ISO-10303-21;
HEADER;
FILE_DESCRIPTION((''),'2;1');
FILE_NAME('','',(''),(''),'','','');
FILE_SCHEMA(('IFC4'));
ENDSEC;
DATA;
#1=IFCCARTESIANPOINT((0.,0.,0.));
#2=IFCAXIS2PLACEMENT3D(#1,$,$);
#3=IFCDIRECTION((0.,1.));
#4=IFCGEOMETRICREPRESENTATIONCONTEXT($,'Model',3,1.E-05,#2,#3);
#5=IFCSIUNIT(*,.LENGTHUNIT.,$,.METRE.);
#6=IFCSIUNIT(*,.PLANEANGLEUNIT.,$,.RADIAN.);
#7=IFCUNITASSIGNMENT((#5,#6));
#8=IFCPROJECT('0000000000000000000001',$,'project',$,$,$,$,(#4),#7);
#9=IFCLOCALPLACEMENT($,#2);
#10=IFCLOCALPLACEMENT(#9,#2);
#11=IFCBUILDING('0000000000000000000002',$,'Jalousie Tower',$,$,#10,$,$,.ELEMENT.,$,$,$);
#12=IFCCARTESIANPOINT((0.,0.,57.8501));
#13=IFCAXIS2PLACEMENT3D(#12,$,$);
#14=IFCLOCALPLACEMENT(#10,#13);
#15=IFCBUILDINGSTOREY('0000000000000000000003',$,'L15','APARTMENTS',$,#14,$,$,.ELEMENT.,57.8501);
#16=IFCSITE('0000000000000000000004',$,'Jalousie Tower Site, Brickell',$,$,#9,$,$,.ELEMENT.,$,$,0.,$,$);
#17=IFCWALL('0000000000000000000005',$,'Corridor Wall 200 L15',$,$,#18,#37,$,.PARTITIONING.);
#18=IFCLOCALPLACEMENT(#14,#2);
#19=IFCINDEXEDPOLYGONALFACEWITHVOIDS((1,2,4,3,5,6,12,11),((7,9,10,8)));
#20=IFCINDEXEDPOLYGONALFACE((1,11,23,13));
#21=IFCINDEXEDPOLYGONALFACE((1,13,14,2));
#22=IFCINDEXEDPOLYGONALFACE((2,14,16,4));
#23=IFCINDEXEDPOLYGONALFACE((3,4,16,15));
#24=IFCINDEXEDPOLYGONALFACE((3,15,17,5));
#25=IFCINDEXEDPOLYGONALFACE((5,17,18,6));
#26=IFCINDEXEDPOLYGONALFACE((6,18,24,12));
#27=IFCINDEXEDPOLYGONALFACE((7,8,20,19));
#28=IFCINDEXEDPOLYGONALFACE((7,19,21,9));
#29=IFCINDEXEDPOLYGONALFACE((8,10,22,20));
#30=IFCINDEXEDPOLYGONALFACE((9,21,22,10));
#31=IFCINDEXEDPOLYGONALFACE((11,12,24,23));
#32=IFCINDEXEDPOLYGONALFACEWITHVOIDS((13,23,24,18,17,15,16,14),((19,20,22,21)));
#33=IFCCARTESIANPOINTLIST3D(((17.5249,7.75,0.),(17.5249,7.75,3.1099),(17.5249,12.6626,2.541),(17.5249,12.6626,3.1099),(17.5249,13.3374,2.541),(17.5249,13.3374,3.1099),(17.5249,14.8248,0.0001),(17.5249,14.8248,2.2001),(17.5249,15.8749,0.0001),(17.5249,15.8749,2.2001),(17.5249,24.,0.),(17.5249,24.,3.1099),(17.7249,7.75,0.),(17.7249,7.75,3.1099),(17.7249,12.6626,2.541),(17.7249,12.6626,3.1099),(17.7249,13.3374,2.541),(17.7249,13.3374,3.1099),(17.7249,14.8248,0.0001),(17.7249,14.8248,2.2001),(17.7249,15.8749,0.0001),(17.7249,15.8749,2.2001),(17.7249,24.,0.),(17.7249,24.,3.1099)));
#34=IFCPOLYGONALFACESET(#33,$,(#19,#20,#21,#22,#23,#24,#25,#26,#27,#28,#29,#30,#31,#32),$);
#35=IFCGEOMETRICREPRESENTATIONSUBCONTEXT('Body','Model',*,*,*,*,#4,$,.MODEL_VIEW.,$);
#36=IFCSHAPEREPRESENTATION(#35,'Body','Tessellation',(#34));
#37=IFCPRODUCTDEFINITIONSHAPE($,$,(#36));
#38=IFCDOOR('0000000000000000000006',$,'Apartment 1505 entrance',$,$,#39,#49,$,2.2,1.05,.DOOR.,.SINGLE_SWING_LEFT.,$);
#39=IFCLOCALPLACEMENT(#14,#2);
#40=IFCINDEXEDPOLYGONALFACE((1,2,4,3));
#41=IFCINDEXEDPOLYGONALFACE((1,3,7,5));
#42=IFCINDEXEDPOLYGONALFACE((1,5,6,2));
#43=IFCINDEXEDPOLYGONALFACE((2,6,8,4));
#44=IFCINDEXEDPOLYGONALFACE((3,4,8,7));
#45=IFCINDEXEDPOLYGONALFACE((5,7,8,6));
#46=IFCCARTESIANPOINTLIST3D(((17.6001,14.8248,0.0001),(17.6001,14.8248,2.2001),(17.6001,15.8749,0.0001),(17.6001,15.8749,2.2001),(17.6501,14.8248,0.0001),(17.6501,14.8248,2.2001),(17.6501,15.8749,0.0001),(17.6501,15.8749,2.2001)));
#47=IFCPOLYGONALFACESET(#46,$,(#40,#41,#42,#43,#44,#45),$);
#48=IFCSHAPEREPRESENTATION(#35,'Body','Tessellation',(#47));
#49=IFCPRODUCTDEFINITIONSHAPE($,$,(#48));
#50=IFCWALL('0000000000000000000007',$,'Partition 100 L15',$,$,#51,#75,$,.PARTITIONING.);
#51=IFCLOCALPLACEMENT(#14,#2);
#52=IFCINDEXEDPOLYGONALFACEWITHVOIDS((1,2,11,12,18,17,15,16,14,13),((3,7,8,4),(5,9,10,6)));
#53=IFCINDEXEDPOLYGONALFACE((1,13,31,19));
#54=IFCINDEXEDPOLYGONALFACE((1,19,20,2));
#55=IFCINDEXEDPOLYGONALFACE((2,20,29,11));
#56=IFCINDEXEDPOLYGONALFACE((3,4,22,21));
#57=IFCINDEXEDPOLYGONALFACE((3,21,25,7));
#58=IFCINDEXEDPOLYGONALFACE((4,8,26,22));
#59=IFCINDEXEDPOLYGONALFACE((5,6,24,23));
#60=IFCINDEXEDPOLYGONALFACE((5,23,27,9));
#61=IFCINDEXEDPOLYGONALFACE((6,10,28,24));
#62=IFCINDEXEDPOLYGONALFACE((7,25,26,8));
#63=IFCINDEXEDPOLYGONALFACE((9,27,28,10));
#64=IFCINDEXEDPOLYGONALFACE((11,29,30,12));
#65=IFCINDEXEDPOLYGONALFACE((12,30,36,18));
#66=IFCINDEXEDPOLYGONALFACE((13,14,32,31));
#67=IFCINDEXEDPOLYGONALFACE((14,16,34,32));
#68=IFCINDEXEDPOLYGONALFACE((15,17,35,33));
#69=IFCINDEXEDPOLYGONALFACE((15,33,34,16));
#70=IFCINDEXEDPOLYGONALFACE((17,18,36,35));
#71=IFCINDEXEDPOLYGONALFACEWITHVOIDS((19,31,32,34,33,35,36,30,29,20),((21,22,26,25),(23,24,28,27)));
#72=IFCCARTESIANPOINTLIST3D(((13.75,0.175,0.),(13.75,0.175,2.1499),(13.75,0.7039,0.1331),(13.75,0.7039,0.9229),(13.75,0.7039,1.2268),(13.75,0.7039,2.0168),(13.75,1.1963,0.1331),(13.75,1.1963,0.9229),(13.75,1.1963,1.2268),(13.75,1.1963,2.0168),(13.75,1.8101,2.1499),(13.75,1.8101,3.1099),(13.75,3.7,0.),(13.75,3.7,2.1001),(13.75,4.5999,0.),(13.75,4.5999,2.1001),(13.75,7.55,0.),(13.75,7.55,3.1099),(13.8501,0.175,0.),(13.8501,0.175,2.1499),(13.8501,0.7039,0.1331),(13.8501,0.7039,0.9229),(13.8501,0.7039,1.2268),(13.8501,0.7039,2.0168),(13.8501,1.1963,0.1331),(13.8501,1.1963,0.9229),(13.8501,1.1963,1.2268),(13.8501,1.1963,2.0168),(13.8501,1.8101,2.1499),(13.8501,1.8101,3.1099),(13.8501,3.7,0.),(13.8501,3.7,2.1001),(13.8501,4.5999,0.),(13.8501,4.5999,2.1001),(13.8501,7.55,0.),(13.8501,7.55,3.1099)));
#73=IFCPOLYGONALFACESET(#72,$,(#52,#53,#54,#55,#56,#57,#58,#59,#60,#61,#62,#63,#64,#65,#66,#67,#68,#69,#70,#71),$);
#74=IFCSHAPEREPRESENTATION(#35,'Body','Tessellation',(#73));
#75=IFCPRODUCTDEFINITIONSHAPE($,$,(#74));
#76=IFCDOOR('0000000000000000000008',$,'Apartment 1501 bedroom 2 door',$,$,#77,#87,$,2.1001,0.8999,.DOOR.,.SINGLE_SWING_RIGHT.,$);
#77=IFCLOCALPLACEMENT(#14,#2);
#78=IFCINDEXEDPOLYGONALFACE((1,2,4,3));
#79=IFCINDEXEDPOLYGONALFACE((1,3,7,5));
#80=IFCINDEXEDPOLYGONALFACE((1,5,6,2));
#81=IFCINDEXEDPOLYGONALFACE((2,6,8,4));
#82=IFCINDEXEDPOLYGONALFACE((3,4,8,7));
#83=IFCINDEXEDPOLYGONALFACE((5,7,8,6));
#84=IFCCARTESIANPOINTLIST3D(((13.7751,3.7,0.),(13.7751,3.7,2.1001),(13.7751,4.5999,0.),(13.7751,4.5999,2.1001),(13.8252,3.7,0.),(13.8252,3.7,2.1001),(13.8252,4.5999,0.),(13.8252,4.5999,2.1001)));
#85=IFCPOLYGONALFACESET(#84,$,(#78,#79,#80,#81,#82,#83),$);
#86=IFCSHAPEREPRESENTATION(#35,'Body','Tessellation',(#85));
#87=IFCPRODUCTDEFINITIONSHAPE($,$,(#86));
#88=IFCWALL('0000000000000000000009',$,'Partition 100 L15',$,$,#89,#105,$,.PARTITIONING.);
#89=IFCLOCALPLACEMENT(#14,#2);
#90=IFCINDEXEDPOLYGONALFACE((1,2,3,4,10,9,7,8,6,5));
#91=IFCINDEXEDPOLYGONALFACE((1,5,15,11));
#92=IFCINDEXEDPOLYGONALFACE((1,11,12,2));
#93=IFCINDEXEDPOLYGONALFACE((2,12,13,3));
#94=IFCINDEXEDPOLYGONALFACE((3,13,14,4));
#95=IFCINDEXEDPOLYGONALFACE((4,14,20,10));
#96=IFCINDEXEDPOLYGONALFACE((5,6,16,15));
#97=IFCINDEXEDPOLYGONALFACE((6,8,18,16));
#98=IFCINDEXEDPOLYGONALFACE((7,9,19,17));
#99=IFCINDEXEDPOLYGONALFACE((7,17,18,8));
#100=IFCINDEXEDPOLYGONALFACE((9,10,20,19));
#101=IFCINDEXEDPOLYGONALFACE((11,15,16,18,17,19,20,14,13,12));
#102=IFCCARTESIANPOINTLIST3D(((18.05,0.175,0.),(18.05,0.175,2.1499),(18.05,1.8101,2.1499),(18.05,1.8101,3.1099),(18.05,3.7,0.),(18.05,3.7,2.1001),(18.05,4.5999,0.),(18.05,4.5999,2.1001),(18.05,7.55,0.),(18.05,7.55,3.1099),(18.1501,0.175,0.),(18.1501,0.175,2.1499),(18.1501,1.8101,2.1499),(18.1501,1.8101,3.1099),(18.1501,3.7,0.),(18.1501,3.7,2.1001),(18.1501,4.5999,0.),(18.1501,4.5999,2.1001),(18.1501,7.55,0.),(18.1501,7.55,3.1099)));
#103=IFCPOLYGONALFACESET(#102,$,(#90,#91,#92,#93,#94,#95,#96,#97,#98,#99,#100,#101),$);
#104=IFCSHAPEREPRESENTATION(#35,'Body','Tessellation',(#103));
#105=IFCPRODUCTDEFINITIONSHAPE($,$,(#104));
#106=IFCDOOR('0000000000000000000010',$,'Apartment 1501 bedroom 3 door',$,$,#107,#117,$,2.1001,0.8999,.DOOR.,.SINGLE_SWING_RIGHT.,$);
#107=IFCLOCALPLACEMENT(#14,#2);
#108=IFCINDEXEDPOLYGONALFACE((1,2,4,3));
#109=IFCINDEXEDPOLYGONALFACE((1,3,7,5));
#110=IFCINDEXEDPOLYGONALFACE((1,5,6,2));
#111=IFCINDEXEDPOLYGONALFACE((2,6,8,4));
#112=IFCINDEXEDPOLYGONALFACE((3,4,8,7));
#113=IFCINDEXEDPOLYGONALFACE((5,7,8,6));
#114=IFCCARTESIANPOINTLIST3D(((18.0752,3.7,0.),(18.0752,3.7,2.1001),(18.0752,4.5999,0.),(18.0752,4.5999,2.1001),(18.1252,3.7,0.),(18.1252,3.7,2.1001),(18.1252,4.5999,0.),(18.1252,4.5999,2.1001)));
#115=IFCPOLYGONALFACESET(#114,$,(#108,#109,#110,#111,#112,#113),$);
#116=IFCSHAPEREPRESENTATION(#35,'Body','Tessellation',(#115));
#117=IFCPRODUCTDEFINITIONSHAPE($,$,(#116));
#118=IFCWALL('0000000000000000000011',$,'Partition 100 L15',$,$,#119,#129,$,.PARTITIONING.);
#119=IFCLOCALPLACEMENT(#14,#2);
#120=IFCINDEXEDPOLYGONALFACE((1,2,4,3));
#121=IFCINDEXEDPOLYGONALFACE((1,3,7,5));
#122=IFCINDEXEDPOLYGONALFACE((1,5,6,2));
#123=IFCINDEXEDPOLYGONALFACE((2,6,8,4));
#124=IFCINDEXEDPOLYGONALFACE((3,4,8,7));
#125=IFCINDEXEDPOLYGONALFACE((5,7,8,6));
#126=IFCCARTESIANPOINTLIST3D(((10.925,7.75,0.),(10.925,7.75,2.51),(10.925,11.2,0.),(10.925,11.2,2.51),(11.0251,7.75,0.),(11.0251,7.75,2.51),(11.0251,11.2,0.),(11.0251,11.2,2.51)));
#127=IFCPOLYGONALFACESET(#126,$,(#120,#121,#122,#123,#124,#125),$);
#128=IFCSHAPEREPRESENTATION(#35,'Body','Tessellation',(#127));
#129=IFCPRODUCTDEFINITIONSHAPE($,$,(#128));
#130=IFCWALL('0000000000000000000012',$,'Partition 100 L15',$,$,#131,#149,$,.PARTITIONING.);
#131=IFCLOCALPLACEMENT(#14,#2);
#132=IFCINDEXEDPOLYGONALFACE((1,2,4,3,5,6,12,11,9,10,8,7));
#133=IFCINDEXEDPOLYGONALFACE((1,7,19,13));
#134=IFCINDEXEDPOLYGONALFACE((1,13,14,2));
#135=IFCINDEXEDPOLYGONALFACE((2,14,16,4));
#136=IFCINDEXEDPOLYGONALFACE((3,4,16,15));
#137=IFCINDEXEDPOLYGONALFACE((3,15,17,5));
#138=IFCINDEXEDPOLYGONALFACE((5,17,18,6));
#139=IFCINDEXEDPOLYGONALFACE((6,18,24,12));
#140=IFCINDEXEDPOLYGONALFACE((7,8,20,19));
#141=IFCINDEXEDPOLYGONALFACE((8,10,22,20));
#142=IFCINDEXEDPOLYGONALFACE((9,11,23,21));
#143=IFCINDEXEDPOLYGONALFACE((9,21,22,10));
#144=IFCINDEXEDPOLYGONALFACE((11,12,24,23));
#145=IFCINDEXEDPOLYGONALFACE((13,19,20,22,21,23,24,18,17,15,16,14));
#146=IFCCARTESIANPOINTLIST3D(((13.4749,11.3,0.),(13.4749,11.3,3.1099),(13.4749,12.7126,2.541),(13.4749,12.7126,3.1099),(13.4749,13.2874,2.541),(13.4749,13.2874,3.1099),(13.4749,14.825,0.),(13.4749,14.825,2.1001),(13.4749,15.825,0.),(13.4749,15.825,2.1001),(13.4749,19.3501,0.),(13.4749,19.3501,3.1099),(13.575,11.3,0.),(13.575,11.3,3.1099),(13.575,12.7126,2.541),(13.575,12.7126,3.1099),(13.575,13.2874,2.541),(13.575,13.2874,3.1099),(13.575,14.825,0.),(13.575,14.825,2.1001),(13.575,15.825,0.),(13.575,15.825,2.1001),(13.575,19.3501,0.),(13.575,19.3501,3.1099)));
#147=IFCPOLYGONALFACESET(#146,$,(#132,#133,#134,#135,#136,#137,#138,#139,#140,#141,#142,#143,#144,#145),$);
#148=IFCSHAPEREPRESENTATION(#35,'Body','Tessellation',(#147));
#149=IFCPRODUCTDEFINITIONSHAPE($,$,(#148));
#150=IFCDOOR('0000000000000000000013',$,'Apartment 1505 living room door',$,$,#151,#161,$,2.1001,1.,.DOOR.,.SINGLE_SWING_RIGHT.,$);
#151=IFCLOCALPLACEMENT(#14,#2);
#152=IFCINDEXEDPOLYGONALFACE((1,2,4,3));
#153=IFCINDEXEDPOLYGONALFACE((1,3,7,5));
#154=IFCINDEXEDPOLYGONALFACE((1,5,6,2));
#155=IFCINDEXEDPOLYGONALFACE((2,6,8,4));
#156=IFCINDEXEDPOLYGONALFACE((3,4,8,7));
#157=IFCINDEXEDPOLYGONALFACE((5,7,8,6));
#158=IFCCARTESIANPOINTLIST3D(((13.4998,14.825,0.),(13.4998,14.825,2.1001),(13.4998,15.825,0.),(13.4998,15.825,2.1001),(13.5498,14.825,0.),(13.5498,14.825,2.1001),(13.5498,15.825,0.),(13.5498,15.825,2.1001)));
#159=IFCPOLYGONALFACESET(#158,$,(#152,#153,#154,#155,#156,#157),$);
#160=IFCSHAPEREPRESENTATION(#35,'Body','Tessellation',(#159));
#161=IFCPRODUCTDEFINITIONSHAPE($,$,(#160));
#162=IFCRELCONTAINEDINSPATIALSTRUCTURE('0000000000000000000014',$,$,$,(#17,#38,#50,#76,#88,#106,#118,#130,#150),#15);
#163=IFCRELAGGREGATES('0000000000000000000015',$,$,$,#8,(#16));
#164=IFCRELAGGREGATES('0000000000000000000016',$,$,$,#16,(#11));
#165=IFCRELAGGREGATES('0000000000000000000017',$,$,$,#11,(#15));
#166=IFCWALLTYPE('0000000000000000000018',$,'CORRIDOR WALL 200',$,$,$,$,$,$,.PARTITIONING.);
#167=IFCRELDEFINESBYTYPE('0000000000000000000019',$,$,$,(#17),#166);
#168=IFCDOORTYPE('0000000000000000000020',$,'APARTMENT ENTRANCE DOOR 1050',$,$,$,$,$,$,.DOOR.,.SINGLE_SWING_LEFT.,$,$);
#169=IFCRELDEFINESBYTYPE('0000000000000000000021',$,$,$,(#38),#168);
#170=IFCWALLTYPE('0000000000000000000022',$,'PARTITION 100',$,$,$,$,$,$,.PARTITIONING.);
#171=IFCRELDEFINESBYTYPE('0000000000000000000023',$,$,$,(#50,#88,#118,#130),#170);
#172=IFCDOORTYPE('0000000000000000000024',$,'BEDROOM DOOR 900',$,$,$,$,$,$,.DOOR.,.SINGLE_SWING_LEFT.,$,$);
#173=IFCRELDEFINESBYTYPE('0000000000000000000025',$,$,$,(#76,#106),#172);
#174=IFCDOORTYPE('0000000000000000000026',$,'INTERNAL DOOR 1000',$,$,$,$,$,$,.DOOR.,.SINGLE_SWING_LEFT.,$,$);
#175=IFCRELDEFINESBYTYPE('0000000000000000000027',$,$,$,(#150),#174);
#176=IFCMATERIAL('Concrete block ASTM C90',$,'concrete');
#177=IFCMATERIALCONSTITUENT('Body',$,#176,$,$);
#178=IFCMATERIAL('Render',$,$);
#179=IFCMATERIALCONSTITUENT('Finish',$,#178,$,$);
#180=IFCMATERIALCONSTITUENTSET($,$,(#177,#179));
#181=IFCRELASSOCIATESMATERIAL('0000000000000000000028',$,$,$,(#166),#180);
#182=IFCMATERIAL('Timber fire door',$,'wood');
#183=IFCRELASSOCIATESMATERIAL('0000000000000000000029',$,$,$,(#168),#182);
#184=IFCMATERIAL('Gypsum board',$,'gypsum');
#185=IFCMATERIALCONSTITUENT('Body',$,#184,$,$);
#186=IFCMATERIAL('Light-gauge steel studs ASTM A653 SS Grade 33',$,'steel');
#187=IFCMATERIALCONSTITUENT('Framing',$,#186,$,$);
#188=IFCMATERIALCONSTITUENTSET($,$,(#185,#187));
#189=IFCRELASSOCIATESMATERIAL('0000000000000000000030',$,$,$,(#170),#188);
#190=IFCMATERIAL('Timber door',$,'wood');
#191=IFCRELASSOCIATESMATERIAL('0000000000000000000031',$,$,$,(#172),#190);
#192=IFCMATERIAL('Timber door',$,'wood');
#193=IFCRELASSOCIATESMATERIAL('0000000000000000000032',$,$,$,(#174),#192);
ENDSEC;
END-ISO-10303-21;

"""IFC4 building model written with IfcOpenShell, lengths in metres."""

from ifc_helpers import new_model, si_unit, direction, frame, frame_2d, origin, place, context, subcontext, project, spatial, polyline, rectangle, outline, extrude, material, constituent, constituent_set, type_object, element, fill, save


model = new_model("IFC4")

# Units and contexts
model_context = context("Model", 3, precision=1e-05, world=origin(), true_north=direction((0.0, 1.0)))
body_context = subcontext(model_context, "Body", "Model", "MODEL_VIEW")
ifc_project = project(units=[si_unit("LENGTHUNIT", "METRE"), si_unit("PLANEANGLEUNIT", "RADIAN")], contexts=[model_context])

# Site, building, storey
site_placement = place(None, origin())
site = spatial("IfcSite", under=ifc_project, at=site_placement, Name="Jalousie Tower Site, Brickell", CompositionType="ELEMENT", RefElevation=0.0)
building_placement = place(site_placement, origin())
building = spatial("IfcBuilding", under=site, at=building_placement, Name="Jalousie Tower", CompositionType="ELEMENT")
storey_placement = place(building_placement, frame((0.0, 0.0, 57.8501)))
storey = spatial("IfcBuildingStorey", under=building, at=storey_placement, Name="L15", Description="APARTMENTS", CompositionType="ELEMENT", Elevation=57.8501)

# Shared definitions
ifc_material_1 = material(Name="Concrete block ASTM C90", Category="concrete")
ifc_constituent_1 = constituent(ifc_material_1, Name="Body")
ifc_material_2 = material(Name="Render")
ifc_constituent_2 = constituent(ifc_material_2, Name="Finish")
ifc_constituent_set_1 = constituent_set(constituents=[ifc_constituent_1, ifc_constituent_2])
wall_type_1 = type_object("IfcWallType", Name="CORRIDOR WALL 200", PredefinedType="PARTITIONING", material=ifc_constituent_set_1)

# Walls, openings, doors
wall_1_placement = place(storey_placement, frame((17.625, 7.75, 0.0), z_axis=(0.0, 0.0, 1.0), x_axis=(0.0, 1.0, 0.0)))
wall_1 = element("IfcWall", 1, at=wall_1_placement, inside=storey, type_object=wall_type_1, Name="Corridor Wall 200 L15", PredefinedType="PARTITIONING", context=body_context, shape_type="SweptSolid", body=[
    extrude(outline(polyline([(0.0, 0.0), (16.25, 0.0), (16.25, 3.1099), (5.5874, 3.1099), (5.5874, 2.541), (4.9126, 2.541), (4.9126, 3.1099), (0.0, 3.1099), (0.0, 0.0)])), frame((0.0, 0.1001, 0.0), z_axis=(0.0, -1.0, 0.0), x_axis=(1.0, 0.0, 0.0)), (0.0, 0.0, 1.0), 0.2),
])
opening_1_placement = place(wall_1_placement, frame((7.075, 0.0, 0.0)))
opening_1 = element("IfcOpeningElement", 2, at=opening_1_placement, cuts=wall_1, PredefinedType="OPENING", context=body_context, shape_type="SweptSolid", body=[
    extrude(rectangle(XDim=1.05, YDim=2.2, at=frame_2d((0.5249, 1.1001))), frame((0.0, 0.1099, 0.0), z_axis=(0.0, -1.0, 0.0), x_axis=(1.0, 0.0, 0.0)), (0.0, 0.0, 1.0), 0.22),
])
ifc_material_3 = material(Name="Timber fire door", Category="wood")
door_type_1 = type_object("IfcDoorType", Name="APARTMENT ENTRANCE DOOR 1050", OperationType="SINGLE_SWING_LEFT", PredefinedType="DOOR", material=ifc_material_3)
door_1_placement = place(opening_1_placement, origin())
door_1 = element("IfcDoor", 3, at=door_1_placement, inside=storey, type_object=door_type_1, Name="Apartment 1505 entrance", OperationType="SINGLE_SWING_LEFT", OverallHeight=2.2, OverallWidth=1.05, PredefinedType="DOOR", context=body_context, shape_type="SweptSolid", body=[
    extrude(rectangle(XDim=1.05, YDim=2.2, at=frame_2d((0.5249, 1.1001))), frame((0.0, 0.0249, 0.0), z_axis=(0.0, -1.0, 0.0), x_axis=(1.0, 0.0, 0.0)), (0.0, 0.0, 1.0), 0.05),
])
fill(opening_1, door_1)
ifc_material_4 = material(Name="Gypsum board", Category="gypsum")
ifc_constituent_3 = constituent(ifc_material_4, Name="Body")
ifc_material_5 = material(Name="Light-gauge steel studs ASTM A653 SS Grade 33", Category="steel")
ifc_constituent_4 = constituent(ifc_material_5, Name="Framing")
ifc_constituent_set_2 = constituent_set(constituents=[ifc_constituent_3, ifc_constituent_4])
wall_type_2 = type_object("IfcWallType", Name="PARTITION 100", PredefinedType="PARTITIONING", material=ifc_constituent_set_2)
wall_2_placement = place(storey_placement, frame((13.8, 0.175, 0.0), z_axis=(0.0, 0.0, 1.0), x_axis=(0.0, 1.0, 0.0)))
wall_2 = element("IfcWall", 4, at=wall_2_placement, inside=storey, type_object=wall_type_2, Name="Partition 100 L15", PredefinedType="PARTITIONING", context=body_context, shape_type="SweptSolid", body=[
    extrude(outline(polyline([(1.635, 2.1499), (0.0, 2.1499), (0.0, 0.0), (7.375, 0.0), (7.375, 3.1099), (1.635, 3.1099), (1.635, 2.1499)]), holes=[polyline([(1.0212, 0.1331), (0.5288, 0.1331), (0.5288, 0.9229), (1.0212, 0.9229), (1.0212, 0.1331)]), polyline([(1.0212, 1.2268), (0.5288, 1.2268), (0.5288, 2.0168), (1.0212, 2.0168), (1.0212, 1.2268)])]), frame((0.0, 0.05, 0.0), z_axis=(0.0, -1.0, 0.0), x_axis=(1.0, 0.0, 0.0)), (0.0, 0.0, 1.0), 0.1001),
])
opening_2_placement = place(wall_2_placement, frame((3.5249, 0.0, 0.0)))
opening_2 = element("IfcOpeningElement", 5, at=opening_2_placement, cuts=wall_2, PredefinedType="OPENING", context=body_context, shape_type="SweptSolid", body=[
    extrude(rectangle(XDim=0.8999, YDim=2.1001, at=frame_2d((0.45, 1.05))), frame((0.0, 0.0601, 0.0), z_axis=(0.0, -1.0, 0.0), x_axis=(1.0, 0.0, 0.0)), (0.0, 0.0, 1.0), 0.1201),
])
ifc_material_6 = material(Name="Timber door", Category="wood")
door_type_2 = type_object("IfcDoorType", Name="BEDROOM DOOR 900", OperationType="SINGLE_SWING_LEFT", PredefinedType="DOOR", material=ifc_material_6)
door_2_placement = place(opening_2_placement, origin())
door_2 = element("IfcDoor", 6, at=door_2_placement, inside=storey, type_object=door_type_2, Name="Apartment 1501 bedroom 2 door", OperationType="SINGLE_SWING_RIGHT", OverallHeight=2.1001, OverallWidth=0.8999, PredefinedType="DOOR", context=body_context, shape_type="SweptSolid", body=[
    extrude(rectangle(XDim=0.8999, YDim=2.1001, at=frame_2d((0.45, 1.05))), frame((0.0, 0.0249, 0.0), z_axis=(0.0, -1.0, 0.0), x_axis=(1.0, 0.0, 0.0)), (0.0, 0.0, 1.0), 0.05),
])
fill(opening_2, door_2)
wall_3_placement = place(storey_placement, frame((18.1001, 0.175, 0.0), z_axis=(0.0, 0.0, 1.0), x_axis=(0.0, 1.0, 0.0)))
wall_3 = element("IfcWall", 7, at=wall_3_placement, inside=storey, type_object=wall_type_2, Name="Partition 100 L15", PredefinedType="PARTITIONING", context=body_context, shape_type="SweptSolid", body=[
    extrude(outline(polyline([(0.0, 0.0), (7.375, 0.0), (7.375, 3.1099), (1.635, 3.1099), (1.635, 2.1499), (0.0, 2.1499), (0.0, 3.1099), (0.0, 0.0)])), frame((0.0, 0.05, 0.0), z_axis=(0.0, -1.0, 0.0), x_axis=(1.0, 0.0, 0.0)), (0.0, 0.0, 1.0), 0.1001),
])
opening_3_placement = place(wall_3_placement, frame((3.5249, 0.0, 0.0)))
opening_3 = element("IfcOpeningElement", 8, at=opening_3_placement, cuts=wall_3, PredefinedType="OPENING", context=body_context, shape_type="SweptSolid", body=[
    extrude(rectangle(XDim=0.8999, YDim=2.1001, at=frame_2d((0.45, 1.05))), frame((0.0, 0.0601, 0.0), z_axis=(0.0, -1.0, 0.0), x_axis=(1.0, 0.0, 0.0)), (0.0, 0.0, 1.0), 0.1201),
])
door_3_placement = place(opening_3_placement, origin())
door_3 = element("IfcDoor", 9, at=door_3_placement, inside=storey, type_object=door_type_2, Name="Apartment 1501 bedroom 3 door", OperationType="SINGLE_SWING_RIGHT", OverallHeight=2.1001, OverallWidth=0.8999, PredefinedType="DOOR", context=body_context, shape_type="SweptSolid", body=[
    extrude(rectangle(XDim=0.8999, YDim=2.1001, at=frame_2d((0.45, 1.05))), frame((0.0, 0.0249, 0.0), z_axis=(0.0, -1.0, 0.0), x_axis=(1.0, 0.0, 0.0)), (0.0, 0.0, 1.0), 0.05),
])
fill(opening_3, door_3)

# Wall
wall_4_placement = place(storey_placement, frame((10.9751, 7.75, 0.0), z_axis=(0.0, 0.0, 1.0), x_axis=(0.0, 1.0, 0.0)))
element("IfcWall", 10, at=wall_4_placement, inside=storey, type_object=wall_type_2, Name="Partition 100 L15", PredefinedType="PARTITIONING", context=body_context, shape_type="SweptSolid", body=[
    extrude(outline(polyline([(0.0, 0.0), (3.45, 0.0), (3.45, 3.1099), (3.45, 2.51), (0.0, 2.51), (0.0, 3.1099), (0.0, 0.0)])), frame((0.0, 0.05, 0.0), z_axis=(0.0, -1.0, 0.0), x_axis=(1.0, 0.0, 0.0)), (0.0, 0.0, 1.0), 0.1001),
])

# Wall, opening, door
wall_5_placement = place(storey_placement, frame((13.5249, 11.3, 0.0), z_axis=(0.0, 0.0, 1.0), x_axis=(0.0, 1.0, 0.0)))
wall_5 = element("IfcWall", 11, at=wall_5_placement, inside=storey, type_object=wall_type_2, Name="Partition 100 L15", PredefinedType="PARTITIONING", context=body_context, shape_type="SweptSolid", body=[
    extrude(outline(polyline([(0.0, 0.0), (8.05, 0.0), (8.05, 3.1099), (1.9873, 3.1099), (1.9873, 2.541), (1.4126, 2.541), (1.4126, 3.1099), (0.0, 3.1099), (0.0, 0.0)])), frame((0.0, 0.05, 0.0), z_axis=(0.0, -1.0, 0.0), x_axis=(1.0, 0.0, 0.0)), (0.0, 0.0, 1.0), 0.1001),
])
opening_4_placement = place(wall_5_placement, frame((3.5249, 0.0, 0.0)))
opening_4 = element("IfcOpeningElement", 12, at=opening_4_placement, cuts=wall_5, PredefinedType="OPENING", context=body_context, shape_type="SweptSolid", body=[
    extrude(rectangle(XDim=1.0, YDim=2.1001, at=frame_2d((0.5, 1.05))), frame((0.0, 0.0601, 0.0), z_axis=(0.0, -1.0, 0.0), x_axis=(1.0, 0.0, 0.0)), (0.0, 0.0, 1.0), 0.1201),
])
ifc_material_7 = material(Name="Timber door", Category="wood")
door_type_3 = type_object("IfcDoorType", Name="INTERNAL DOOR 1000", OperationType="SINGLE_SWING_LEFT", PredefinedType="DOOR", material=ifc_material_7)
door_4_placement = place(opening_4_placement, frame((1.0, 0.0, 0.0), z_axis=(0.0, 0.0, 1.0), x_axis=(-1.0, 0.0, 0.0)))
door_4 = element("IfcDoor", 13, at=door_4_placement, inside=storey, type_object=door_type_3, Name="Apartment 1505 living room door", OperationType="SINGLE_SWING_RIGHT", OverallHeight=2.1001, OverallWidth=1.0, PredefinedType="DOOR", context=body_context, shape_type="SweptSolid", body=[
    extrude(rectangle(XDim=1.0, YDim=2.1001, at=frame_2d((0.5, 1.05))), frame((0.0, 0.0249, 0.0), z_axis=(0.0, -1.0, 0.0), x_axis=(1.0, 0.0, 0.0)), (0.0, 0.0, 1.0), 0.05),
])
fill(opening_4, door_4)

save(model, "model.ifc")
